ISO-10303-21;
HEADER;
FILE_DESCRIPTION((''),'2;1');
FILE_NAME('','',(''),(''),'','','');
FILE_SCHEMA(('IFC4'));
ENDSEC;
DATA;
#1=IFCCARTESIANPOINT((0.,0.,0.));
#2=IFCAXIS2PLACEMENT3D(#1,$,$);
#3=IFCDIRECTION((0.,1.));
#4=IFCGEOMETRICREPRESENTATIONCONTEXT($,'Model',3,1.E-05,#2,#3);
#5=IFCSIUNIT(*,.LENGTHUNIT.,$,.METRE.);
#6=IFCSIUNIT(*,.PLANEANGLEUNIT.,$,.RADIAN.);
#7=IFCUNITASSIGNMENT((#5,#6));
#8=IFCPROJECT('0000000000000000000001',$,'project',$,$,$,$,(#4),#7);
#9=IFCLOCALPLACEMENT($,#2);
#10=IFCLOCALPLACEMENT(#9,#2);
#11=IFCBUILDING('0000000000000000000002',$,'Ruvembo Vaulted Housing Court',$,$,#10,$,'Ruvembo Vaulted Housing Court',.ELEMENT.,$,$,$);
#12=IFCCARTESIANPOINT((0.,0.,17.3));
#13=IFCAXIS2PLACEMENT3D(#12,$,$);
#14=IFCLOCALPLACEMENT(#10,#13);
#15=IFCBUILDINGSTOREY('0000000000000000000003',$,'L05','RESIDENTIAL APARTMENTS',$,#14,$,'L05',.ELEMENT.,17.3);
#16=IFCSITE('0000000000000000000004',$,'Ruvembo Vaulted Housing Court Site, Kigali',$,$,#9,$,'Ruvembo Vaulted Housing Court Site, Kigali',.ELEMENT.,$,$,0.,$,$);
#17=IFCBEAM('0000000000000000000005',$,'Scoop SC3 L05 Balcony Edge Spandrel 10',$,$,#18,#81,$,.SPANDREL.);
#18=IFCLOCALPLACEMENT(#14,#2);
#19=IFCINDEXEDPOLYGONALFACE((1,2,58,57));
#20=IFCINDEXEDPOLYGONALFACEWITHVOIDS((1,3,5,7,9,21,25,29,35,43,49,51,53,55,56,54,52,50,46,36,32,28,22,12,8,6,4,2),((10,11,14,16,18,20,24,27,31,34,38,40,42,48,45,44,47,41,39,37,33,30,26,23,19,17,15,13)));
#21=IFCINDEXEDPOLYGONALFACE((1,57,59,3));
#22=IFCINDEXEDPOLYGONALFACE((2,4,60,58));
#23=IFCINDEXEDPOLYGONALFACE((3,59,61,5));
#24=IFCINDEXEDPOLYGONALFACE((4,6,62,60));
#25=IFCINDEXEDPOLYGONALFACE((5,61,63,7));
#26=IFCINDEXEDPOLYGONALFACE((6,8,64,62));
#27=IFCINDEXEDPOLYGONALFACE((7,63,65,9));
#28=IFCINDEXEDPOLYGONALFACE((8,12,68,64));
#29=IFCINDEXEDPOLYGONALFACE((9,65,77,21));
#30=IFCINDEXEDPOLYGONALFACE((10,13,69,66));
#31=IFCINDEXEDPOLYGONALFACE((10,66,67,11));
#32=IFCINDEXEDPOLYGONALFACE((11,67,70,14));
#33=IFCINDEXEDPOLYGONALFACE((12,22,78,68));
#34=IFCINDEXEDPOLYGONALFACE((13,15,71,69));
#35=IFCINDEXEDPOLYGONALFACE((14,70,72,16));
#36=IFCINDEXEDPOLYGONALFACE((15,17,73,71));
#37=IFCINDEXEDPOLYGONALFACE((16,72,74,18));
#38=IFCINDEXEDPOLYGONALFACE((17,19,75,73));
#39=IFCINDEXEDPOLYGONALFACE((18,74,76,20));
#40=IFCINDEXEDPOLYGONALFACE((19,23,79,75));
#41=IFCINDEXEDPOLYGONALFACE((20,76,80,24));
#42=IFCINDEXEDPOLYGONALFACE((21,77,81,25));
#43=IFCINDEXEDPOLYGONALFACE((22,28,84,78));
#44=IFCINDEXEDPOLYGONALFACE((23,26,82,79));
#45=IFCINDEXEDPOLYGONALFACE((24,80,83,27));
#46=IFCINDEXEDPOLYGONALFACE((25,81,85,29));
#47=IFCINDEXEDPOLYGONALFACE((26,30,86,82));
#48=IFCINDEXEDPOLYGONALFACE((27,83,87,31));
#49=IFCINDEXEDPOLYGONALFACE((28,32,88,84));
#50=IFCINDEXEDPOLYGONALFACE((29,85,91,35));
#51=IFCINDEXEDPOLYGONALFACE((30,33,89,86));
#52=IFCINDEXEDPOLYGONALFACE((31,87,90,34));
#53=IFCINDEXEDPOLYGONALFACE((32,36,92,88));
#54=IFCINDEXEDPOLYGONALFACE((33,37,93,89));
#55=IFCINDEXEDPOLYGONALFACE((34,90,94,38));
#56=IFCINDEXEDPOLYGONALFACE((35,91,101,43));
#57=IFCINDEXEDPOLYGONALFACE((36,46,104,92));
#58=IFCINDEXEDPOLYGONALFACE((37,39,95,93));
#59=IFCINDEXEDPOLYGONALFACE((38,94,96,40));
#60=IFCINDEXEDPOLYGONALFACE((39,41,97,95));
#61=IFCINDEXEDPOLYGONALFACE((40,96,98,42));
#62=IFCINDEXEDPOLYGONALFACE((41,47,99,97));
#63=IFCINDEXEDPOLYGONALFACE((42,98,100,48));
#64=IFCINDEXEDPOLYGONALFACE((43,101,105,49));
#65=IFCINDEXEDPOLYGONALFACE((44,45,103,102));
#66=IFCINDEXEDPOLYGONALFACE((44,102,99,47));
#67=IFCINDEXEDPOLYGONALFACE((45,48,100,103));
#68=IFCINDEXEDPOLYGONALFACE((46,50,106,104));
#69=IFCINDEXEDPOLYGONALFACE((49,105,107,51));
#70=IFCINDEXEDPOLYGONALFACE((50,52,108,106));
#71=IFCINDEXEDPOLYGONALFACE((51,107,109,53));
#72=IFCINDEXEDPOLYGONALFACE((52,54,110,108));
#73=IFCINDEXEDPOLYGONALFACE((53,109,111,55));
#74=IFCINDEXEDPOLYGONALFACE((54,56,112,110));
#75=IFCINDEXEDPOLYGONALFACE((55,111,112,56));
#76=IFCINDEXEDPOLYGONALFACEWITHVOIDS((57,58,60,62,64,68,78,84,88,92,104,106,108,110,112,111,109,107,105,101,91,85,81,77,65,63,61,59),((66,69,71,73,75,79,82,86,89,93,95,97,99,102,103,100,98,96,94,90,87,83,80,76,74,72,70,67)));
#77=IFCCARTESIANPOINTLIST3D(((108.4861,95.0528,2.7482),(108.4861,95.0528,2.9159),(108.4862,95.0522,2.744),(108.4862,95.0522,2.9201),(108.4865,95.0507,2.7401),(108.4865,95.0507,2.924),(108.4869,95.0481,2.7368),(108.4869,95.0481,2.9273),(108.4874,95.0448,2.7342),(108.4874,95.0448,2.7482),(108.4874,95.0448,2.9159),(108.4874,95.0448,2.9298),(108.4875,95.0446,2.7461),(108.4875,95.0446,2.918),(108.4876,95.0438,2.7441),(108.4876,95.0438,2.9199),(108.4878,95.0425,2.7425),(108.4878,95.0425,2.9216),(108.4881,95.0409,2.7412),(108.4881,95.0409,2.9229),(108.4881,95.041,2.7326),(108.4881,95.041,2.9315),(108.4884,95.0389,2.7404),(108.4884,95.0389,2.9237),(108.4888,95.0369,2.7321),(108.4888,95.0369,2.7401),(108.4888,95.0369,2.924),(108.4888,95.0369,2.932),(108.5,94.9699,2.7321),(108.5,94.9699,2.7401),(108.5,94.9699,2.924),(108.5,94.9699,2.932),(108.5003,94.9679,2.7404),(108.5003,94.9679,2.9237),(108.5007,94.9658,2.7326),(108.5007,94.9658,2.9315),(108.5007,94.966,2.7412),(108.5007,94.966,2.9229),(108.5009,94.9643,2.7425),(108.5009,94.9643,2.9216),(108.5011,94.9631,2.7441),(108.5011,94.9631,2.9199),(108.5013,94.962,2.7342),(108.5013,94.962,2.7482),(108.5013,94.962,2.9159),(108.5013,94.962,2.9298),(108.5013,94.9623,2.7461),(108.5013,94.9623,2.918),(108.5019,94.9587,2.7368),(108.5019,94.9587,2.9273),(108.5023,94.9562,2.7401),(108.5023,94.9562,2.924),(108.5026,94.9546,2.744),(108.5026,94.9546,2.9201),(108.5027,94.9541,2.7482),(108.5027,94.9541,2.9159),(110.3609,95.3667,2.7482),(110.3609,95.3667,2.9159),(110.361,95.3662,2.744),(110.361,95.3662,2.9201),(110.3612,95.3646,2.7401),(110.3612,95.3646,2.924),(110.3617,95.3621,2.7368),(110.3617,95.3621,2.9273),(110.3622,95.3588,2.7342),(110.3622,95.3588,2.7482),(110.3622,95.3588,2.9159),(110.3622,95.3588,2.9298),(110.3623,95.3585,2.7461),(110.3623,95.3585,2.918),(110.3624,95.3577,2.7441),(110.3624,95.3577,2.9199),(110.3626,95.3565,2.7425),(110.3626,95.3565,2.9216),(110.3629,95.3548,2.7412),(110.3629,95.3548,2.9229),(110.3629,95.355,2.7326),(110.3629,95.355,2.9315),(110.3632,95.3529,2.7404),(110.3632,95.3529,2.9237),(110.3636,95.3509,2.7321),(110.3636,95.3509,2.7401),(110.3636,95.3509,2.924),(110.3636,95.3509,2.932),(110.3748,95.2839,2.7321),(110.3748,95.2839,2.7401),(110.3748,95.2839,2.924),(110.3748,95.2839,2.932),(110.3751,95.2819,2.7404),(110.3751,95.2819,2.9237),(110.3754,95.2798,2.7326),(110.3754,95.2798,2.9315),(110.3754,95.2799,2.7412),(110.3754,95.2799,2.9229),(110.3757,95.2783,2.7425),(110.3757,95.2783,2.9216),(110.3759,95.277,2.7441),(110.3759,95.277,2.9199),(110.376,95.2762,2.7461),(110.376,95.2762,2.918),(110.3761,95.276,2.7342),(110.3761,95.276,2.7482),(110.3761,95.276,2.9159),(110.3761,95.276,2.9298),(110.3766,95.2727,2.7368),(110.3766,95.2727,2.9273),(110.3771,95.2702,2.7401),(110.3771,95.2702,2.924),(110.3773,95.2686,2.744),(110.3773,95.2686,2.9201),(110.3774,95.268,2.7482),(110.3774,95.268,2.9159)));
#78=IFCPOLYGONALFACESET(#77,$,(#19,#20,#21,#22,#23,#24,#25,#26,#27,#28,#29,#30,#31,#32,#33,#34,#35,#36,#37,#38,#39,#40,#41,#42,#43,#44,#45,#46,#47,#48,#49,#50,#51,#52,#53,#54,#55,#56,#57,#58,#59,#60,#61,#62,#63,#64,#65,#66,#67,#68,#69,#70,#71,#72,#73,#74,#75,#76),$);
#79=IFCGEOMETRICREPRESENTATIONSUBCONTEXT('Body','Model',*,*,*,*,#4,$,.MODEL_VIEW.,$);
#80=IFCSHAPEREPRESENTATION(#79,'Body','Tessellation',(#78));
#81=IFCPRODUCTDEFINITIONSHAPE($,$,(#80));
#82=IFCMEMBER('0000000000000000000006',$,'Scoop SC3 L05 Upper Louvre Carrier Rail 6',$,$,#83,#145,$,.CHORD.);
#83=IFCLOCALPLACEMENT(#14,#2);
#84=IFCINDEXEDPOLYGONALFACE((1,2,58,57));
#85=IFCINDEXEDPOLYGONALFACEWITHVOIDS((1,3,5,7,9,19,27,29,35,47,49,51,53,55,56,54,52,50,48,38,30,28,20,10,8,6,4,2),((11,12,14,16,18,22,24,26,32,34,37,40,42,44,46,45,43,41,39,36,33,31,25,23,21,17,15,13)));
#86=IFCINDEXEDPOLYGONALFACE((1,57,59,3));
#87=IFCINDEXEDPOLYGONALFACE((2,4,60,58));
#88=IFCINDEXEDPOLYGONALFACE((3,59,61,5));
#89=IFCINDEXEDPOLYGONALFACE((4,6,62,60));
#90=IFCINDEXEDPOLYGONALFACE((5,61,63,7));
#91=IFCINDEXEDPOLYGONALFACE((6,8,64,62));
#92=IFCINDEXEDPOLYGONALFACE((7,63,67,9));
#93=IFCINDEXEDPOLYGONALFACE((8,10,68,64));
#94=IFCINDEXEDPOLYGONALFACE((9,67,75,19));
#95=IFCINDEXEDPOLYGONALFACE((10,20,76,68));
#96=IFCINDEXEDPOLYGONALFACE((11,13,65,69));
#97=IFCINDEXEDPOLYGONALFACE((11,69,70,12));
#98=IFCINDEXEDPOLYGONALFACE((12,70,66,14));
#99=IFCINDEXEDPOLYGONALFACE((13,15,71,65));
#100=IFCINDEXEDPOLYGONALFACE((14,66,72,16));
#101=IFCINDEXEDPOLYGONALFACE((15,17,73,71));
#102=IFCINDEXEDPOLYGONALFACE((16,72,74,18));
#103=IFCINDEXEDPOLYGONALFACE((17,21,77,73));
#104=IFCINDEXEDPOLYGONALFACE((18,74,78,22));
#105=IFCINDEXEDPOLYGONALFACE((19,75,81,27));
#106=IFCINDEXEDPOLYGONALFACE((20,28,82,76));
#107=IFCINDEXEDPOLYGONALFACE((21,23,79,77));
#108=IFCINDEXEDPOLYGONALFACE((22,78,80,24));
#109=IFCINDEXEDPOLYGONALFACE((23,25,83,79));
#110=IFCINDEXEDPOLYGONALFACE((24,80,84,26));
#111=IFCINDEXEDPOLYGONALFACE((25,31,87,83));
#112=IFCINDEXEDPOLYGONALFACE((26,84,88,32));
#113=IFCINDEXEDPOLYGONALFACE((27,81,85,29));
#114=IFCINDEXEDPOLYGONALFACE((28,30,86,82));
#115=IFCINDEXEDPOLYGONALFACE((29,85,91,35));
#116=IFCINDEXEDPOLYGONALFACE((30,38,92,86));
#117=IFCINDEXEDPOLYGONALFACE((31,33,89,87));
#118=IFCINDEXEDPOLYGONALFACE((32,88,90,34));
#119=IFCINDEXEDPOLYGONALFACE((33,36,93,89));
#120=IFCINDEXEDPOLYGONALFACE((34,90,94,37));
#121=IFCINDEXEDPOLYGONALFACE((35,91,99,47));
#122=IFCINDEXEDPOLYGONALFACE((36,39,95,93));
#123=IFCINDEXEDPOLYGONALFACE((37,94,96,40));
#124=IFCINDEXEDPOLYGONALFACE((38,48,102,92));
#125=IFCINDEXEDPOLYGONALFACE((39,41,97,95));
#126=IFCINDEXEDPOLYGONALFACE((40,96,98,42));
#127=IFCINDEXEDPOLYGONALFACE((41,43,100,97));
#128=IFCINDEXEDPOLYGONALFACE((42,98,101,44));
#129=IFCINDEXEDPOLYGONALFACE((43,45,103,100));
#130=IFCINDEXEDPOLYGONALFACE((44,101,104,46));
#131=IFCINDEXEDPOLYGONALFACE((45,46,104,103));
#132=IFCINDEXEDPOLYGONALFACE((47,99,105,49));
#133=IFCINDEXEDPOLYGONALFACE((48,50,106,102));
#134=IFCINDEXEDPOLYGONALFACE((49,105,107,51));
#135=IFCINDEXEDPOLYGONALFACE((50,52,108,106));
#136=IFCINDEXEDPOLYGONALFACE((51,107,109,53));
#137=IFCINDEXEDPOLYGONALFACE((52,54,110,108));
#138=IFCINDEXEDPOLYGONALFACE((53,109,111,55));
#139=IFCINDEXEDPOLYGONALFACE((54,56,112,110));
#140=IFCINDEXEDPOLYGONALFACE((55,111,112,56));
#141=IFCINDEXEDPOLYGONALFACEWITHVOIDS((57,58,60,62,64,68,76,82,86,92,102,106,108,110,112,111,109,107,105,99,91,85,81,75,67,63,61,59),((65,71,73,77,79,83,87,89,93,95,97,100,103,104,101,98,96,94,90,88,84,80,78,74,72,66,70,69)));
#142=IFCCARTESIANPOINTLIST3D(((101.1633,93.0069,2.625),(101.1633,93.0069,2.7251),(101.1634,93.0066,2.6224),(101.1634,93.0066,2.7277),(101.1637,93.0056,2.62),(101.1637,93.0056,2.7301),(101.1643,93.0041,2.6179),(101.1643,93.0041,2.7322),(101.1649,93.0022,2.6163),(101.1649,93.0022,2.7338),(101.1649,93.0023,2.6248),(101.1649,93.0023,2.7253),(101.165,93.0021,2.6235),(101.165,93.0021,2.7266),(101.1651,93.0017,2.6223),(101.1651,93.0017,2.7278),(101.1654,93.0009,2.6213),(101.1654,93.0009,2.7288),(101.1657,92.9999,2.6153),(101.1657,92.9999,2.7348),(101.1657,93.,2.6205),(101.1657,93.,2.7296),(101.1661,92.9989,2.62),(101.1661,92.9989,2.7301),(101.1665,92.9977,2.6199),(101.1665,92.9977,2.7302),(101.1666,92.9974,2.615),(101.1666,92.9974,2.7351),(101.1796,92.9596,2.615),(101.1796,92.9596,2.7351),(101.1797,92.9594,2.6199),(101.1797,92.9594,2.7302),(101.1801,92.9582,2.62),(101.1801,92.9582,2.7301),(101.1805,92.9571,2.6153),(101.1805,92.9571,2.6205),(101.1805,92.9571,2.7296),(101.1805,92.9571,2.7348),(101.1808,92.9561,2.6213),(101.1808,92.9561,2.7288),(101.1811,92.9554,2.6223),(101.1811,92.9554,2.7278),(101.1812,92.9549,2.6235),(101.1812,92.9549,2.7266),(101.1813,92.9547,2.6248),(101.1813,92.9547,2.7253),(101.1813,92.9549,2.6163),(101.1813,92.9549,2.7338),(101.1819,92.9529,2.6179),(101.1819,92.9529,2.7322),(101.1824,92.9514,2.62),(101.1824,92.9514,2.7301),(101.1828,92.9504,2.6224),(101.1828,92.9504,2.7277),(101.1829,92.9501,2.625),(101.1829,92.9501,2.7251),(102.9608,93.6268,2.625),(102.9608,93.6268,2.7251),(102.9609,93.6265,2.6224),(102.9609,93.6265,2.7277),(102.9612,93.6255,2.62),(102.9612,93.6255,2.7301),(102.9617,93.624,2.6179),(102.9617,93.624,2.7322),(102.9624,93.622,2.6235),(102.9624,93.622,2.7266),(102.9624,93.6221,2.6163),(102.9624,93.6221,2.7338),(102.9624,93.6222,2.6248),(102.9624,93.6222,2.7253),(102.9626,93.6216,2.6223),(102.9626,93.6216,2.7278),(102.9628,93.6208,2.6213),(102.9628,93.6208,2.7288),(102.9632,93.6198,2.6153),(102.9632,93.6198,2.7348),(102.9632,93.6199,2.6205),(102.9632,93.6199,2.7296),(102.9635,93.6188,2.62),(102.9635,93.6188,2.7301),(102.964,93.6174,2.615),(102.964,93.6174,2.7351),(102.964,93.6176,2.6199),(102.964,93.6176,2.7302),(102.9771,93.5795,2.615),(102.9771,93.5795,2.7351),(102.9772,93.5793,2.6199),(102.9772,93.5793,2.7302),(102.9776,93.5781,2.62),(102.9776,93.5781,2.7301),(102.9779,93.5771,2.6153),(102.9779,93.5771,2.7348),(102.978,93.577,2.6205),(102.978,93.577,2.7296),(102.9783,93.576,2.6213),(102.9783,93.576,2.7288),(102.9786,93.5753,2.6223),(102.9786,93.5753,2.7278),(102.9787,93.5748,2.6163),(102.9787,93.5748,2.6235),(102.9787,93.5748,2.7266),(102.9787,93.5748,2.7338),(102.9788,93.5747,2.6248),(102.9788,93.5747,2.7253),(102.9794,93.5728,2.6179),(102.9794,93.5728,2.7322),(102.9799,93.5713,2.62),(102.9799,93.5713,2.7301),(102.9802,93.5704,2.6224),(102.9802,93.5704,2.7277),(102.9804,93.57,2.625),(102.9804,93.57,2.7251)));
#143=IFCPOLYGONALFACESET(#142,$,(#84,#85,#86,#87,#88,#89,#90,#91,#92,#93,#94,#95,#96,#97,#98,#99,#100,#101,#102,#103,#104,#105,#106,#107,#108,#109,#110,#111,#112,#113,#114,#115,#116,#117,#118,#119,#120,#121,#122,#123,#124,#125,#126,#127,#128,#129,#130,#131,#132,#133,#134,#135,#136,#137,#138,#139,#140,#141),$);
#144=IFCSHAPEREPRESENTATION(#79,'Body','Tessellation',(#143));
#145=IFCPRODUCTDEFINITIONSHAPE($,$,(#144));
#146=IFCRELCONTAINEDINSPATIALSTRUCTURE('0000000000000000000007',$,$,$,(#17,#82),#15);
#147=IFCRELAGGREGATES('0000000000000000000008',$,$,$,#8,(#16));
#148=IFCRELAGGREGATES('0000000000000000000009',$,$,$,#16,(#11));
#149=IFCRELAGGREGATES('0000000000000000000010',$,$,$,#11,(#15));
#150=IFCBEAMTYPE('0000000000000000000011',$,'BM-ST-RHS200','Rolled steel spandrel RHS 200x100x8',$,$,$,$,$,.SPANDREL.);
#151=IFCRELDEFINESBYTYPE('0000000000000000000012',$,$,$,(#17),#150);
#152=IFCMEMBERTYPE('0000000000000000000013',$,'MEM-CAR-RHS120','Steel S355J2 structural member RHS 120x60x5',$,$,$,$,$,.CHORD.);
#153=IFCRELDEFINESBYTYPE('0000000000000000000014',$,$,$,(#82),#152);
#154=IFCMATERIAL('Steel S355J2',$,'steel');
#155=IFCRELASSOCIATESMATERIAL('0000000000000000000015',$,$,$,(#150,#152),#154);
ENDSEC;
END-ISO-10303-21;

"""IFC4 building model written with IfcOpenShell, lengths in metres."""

from ifc_helpers import new_model, si_unit, direction, frame, origin, origin_2d, place, context, subcontext, project, spatial, hollow_rectangle, extrude, material, material_profile, profile_set, type_object, element, save


model = new_model("IFC4")

# Units and contexts
model_context = context("Model", 3, precision=1e-05, world=origin(), true_north=direction((0.0, 1.0)))
body_context = subcontext(model_context, "Body", "Model", "MODEL_VIEW")
ifc_project = project(units=[si_unit("LENGTHUNIT", "METRE"), si_unit("PLANEANGLEUNIT", "RADIAN")], contexts=[model_context])

# Site, building, storey
site_placement = place(None, origin())
site = spatial("IfcSite", under=ifc_project, at=site_placement, Name="Ruvembo Vaulted Housing Court Site, Kigali", LongName="Ruvembo Vaulted Housing Court Site, Kigali", CompositionType="ELEMENT", RefElevation=0.0)
building_placement = place(site_placement, origin())
building = spatial("IfcBuilding", under=site, at=building_placement, Name="Ruvembo Vaulted Housing Court", LongName="Ruvembo Vaulted Housing Court", CompositionType="ELEMENT")
storey_placement = place(building_placement, frame((0.0, 0.0, 17.3)))
storey = spatial("IfcBuildingStorey", under=building, at=storey_placement, Name="L05", Description="RESIDENTIAL APARTMENTS", LongName="L05", CompositionType="ELEMENT", Elevation=17.3)

# Beam
ifc_material_1 = material(Name="Steel S355J2", Category="steel")
ifc_material_profile_1 = material_profile(ifc_material_1, hollow_rectangle(XDim=0.1001, YDim=0.2, WallThickness=0.0081, InnerFilletRadius=0.0081, OuterFilletRadius=0.0161, at=origin_2d()), Name="RHS 200x100x8")
ifc_profile_set_1 = profile_set([ifc_material_profile_1], Name="Steel S355J2")
beam_type = type_object("IfcBeamType", Name="BM-ST-RHS200", Description="Rolled steel spandrel RHS 200x100x8", PredefinedType="SPANDREL", material=ifc_profile_set_1)
beam_1_placement = place(storey_placement, frame((108.4944, 95.0034, 2.832), z_axis=(0.986265, 0.16517, 0.0), x_axis=(-0.16517, 0.986265, 0.0)))
element("IfcBeam", 1, at=beam_1_placement, inside=storey, type_object=beam_type, Name="Scoop SC3 L05 Balcony Edge Spandrel 10", PredefinedType="SPANDREL", context=body_context, shape_type="SweptSolid", body=[
    extrude(hollow_rectangle(XDim=0.1001, YDim=0.2, WallThickness=0.0081, InnerFilletRadius=0.0081, OuterFilletRadius=0.0161, at=origin_2d()), origin(), (0.0, 0.0, 1.0), 1.9009),
])

# Member
ifc_material_profile_2 = material_profile(ifc_material_1, hollow_rectangle(XDim=0.0601, YDim=0.1201, WallThickness=0.0049, InnerFilletRadius=0.0049, OuterFilletRadius=0.01, at=origin_2d()), Name="RHS 120x60x5")
ifc_profile_set_2 = profile_set([ifc_material_profile_2], Name="Steel S355J2")
member_type_1 = type_object("IfcMemberType", Name="MEM-CAR-RHS120", Description="Steel S355J2 structural member RHS 120x60x5", PredefinedType="CHORD", material=ifc_profile_set_2)
member_1_placement = place(storey_placement, frame((101.1731, 92.9785, 2.675), z_axis=(0.945358, 0.326034, 0.0), x_axis=(-0.326034, 0.945358, 0.0)))
element("IfcMember", 2, at=member_1_placement, inside=storey, type_object=member_type_1, Name="Scoop SC3 L05 Upper Louvre Carrier Rail 6", PredefinedType="CHORD", context=body_context, shape_type="SweptSolid", body=[
    extrude(hollow_rectangle(XDim=0.0601, YDim=0.1201, WallThickness=0.0049, InnerFilletRadius=0.0049, OuterFilletRadius=0.01, at=origin_2d()), origin(), (0.0, 0.0, 1.0), 1.9014),
])

save(model, "model.ifc")
